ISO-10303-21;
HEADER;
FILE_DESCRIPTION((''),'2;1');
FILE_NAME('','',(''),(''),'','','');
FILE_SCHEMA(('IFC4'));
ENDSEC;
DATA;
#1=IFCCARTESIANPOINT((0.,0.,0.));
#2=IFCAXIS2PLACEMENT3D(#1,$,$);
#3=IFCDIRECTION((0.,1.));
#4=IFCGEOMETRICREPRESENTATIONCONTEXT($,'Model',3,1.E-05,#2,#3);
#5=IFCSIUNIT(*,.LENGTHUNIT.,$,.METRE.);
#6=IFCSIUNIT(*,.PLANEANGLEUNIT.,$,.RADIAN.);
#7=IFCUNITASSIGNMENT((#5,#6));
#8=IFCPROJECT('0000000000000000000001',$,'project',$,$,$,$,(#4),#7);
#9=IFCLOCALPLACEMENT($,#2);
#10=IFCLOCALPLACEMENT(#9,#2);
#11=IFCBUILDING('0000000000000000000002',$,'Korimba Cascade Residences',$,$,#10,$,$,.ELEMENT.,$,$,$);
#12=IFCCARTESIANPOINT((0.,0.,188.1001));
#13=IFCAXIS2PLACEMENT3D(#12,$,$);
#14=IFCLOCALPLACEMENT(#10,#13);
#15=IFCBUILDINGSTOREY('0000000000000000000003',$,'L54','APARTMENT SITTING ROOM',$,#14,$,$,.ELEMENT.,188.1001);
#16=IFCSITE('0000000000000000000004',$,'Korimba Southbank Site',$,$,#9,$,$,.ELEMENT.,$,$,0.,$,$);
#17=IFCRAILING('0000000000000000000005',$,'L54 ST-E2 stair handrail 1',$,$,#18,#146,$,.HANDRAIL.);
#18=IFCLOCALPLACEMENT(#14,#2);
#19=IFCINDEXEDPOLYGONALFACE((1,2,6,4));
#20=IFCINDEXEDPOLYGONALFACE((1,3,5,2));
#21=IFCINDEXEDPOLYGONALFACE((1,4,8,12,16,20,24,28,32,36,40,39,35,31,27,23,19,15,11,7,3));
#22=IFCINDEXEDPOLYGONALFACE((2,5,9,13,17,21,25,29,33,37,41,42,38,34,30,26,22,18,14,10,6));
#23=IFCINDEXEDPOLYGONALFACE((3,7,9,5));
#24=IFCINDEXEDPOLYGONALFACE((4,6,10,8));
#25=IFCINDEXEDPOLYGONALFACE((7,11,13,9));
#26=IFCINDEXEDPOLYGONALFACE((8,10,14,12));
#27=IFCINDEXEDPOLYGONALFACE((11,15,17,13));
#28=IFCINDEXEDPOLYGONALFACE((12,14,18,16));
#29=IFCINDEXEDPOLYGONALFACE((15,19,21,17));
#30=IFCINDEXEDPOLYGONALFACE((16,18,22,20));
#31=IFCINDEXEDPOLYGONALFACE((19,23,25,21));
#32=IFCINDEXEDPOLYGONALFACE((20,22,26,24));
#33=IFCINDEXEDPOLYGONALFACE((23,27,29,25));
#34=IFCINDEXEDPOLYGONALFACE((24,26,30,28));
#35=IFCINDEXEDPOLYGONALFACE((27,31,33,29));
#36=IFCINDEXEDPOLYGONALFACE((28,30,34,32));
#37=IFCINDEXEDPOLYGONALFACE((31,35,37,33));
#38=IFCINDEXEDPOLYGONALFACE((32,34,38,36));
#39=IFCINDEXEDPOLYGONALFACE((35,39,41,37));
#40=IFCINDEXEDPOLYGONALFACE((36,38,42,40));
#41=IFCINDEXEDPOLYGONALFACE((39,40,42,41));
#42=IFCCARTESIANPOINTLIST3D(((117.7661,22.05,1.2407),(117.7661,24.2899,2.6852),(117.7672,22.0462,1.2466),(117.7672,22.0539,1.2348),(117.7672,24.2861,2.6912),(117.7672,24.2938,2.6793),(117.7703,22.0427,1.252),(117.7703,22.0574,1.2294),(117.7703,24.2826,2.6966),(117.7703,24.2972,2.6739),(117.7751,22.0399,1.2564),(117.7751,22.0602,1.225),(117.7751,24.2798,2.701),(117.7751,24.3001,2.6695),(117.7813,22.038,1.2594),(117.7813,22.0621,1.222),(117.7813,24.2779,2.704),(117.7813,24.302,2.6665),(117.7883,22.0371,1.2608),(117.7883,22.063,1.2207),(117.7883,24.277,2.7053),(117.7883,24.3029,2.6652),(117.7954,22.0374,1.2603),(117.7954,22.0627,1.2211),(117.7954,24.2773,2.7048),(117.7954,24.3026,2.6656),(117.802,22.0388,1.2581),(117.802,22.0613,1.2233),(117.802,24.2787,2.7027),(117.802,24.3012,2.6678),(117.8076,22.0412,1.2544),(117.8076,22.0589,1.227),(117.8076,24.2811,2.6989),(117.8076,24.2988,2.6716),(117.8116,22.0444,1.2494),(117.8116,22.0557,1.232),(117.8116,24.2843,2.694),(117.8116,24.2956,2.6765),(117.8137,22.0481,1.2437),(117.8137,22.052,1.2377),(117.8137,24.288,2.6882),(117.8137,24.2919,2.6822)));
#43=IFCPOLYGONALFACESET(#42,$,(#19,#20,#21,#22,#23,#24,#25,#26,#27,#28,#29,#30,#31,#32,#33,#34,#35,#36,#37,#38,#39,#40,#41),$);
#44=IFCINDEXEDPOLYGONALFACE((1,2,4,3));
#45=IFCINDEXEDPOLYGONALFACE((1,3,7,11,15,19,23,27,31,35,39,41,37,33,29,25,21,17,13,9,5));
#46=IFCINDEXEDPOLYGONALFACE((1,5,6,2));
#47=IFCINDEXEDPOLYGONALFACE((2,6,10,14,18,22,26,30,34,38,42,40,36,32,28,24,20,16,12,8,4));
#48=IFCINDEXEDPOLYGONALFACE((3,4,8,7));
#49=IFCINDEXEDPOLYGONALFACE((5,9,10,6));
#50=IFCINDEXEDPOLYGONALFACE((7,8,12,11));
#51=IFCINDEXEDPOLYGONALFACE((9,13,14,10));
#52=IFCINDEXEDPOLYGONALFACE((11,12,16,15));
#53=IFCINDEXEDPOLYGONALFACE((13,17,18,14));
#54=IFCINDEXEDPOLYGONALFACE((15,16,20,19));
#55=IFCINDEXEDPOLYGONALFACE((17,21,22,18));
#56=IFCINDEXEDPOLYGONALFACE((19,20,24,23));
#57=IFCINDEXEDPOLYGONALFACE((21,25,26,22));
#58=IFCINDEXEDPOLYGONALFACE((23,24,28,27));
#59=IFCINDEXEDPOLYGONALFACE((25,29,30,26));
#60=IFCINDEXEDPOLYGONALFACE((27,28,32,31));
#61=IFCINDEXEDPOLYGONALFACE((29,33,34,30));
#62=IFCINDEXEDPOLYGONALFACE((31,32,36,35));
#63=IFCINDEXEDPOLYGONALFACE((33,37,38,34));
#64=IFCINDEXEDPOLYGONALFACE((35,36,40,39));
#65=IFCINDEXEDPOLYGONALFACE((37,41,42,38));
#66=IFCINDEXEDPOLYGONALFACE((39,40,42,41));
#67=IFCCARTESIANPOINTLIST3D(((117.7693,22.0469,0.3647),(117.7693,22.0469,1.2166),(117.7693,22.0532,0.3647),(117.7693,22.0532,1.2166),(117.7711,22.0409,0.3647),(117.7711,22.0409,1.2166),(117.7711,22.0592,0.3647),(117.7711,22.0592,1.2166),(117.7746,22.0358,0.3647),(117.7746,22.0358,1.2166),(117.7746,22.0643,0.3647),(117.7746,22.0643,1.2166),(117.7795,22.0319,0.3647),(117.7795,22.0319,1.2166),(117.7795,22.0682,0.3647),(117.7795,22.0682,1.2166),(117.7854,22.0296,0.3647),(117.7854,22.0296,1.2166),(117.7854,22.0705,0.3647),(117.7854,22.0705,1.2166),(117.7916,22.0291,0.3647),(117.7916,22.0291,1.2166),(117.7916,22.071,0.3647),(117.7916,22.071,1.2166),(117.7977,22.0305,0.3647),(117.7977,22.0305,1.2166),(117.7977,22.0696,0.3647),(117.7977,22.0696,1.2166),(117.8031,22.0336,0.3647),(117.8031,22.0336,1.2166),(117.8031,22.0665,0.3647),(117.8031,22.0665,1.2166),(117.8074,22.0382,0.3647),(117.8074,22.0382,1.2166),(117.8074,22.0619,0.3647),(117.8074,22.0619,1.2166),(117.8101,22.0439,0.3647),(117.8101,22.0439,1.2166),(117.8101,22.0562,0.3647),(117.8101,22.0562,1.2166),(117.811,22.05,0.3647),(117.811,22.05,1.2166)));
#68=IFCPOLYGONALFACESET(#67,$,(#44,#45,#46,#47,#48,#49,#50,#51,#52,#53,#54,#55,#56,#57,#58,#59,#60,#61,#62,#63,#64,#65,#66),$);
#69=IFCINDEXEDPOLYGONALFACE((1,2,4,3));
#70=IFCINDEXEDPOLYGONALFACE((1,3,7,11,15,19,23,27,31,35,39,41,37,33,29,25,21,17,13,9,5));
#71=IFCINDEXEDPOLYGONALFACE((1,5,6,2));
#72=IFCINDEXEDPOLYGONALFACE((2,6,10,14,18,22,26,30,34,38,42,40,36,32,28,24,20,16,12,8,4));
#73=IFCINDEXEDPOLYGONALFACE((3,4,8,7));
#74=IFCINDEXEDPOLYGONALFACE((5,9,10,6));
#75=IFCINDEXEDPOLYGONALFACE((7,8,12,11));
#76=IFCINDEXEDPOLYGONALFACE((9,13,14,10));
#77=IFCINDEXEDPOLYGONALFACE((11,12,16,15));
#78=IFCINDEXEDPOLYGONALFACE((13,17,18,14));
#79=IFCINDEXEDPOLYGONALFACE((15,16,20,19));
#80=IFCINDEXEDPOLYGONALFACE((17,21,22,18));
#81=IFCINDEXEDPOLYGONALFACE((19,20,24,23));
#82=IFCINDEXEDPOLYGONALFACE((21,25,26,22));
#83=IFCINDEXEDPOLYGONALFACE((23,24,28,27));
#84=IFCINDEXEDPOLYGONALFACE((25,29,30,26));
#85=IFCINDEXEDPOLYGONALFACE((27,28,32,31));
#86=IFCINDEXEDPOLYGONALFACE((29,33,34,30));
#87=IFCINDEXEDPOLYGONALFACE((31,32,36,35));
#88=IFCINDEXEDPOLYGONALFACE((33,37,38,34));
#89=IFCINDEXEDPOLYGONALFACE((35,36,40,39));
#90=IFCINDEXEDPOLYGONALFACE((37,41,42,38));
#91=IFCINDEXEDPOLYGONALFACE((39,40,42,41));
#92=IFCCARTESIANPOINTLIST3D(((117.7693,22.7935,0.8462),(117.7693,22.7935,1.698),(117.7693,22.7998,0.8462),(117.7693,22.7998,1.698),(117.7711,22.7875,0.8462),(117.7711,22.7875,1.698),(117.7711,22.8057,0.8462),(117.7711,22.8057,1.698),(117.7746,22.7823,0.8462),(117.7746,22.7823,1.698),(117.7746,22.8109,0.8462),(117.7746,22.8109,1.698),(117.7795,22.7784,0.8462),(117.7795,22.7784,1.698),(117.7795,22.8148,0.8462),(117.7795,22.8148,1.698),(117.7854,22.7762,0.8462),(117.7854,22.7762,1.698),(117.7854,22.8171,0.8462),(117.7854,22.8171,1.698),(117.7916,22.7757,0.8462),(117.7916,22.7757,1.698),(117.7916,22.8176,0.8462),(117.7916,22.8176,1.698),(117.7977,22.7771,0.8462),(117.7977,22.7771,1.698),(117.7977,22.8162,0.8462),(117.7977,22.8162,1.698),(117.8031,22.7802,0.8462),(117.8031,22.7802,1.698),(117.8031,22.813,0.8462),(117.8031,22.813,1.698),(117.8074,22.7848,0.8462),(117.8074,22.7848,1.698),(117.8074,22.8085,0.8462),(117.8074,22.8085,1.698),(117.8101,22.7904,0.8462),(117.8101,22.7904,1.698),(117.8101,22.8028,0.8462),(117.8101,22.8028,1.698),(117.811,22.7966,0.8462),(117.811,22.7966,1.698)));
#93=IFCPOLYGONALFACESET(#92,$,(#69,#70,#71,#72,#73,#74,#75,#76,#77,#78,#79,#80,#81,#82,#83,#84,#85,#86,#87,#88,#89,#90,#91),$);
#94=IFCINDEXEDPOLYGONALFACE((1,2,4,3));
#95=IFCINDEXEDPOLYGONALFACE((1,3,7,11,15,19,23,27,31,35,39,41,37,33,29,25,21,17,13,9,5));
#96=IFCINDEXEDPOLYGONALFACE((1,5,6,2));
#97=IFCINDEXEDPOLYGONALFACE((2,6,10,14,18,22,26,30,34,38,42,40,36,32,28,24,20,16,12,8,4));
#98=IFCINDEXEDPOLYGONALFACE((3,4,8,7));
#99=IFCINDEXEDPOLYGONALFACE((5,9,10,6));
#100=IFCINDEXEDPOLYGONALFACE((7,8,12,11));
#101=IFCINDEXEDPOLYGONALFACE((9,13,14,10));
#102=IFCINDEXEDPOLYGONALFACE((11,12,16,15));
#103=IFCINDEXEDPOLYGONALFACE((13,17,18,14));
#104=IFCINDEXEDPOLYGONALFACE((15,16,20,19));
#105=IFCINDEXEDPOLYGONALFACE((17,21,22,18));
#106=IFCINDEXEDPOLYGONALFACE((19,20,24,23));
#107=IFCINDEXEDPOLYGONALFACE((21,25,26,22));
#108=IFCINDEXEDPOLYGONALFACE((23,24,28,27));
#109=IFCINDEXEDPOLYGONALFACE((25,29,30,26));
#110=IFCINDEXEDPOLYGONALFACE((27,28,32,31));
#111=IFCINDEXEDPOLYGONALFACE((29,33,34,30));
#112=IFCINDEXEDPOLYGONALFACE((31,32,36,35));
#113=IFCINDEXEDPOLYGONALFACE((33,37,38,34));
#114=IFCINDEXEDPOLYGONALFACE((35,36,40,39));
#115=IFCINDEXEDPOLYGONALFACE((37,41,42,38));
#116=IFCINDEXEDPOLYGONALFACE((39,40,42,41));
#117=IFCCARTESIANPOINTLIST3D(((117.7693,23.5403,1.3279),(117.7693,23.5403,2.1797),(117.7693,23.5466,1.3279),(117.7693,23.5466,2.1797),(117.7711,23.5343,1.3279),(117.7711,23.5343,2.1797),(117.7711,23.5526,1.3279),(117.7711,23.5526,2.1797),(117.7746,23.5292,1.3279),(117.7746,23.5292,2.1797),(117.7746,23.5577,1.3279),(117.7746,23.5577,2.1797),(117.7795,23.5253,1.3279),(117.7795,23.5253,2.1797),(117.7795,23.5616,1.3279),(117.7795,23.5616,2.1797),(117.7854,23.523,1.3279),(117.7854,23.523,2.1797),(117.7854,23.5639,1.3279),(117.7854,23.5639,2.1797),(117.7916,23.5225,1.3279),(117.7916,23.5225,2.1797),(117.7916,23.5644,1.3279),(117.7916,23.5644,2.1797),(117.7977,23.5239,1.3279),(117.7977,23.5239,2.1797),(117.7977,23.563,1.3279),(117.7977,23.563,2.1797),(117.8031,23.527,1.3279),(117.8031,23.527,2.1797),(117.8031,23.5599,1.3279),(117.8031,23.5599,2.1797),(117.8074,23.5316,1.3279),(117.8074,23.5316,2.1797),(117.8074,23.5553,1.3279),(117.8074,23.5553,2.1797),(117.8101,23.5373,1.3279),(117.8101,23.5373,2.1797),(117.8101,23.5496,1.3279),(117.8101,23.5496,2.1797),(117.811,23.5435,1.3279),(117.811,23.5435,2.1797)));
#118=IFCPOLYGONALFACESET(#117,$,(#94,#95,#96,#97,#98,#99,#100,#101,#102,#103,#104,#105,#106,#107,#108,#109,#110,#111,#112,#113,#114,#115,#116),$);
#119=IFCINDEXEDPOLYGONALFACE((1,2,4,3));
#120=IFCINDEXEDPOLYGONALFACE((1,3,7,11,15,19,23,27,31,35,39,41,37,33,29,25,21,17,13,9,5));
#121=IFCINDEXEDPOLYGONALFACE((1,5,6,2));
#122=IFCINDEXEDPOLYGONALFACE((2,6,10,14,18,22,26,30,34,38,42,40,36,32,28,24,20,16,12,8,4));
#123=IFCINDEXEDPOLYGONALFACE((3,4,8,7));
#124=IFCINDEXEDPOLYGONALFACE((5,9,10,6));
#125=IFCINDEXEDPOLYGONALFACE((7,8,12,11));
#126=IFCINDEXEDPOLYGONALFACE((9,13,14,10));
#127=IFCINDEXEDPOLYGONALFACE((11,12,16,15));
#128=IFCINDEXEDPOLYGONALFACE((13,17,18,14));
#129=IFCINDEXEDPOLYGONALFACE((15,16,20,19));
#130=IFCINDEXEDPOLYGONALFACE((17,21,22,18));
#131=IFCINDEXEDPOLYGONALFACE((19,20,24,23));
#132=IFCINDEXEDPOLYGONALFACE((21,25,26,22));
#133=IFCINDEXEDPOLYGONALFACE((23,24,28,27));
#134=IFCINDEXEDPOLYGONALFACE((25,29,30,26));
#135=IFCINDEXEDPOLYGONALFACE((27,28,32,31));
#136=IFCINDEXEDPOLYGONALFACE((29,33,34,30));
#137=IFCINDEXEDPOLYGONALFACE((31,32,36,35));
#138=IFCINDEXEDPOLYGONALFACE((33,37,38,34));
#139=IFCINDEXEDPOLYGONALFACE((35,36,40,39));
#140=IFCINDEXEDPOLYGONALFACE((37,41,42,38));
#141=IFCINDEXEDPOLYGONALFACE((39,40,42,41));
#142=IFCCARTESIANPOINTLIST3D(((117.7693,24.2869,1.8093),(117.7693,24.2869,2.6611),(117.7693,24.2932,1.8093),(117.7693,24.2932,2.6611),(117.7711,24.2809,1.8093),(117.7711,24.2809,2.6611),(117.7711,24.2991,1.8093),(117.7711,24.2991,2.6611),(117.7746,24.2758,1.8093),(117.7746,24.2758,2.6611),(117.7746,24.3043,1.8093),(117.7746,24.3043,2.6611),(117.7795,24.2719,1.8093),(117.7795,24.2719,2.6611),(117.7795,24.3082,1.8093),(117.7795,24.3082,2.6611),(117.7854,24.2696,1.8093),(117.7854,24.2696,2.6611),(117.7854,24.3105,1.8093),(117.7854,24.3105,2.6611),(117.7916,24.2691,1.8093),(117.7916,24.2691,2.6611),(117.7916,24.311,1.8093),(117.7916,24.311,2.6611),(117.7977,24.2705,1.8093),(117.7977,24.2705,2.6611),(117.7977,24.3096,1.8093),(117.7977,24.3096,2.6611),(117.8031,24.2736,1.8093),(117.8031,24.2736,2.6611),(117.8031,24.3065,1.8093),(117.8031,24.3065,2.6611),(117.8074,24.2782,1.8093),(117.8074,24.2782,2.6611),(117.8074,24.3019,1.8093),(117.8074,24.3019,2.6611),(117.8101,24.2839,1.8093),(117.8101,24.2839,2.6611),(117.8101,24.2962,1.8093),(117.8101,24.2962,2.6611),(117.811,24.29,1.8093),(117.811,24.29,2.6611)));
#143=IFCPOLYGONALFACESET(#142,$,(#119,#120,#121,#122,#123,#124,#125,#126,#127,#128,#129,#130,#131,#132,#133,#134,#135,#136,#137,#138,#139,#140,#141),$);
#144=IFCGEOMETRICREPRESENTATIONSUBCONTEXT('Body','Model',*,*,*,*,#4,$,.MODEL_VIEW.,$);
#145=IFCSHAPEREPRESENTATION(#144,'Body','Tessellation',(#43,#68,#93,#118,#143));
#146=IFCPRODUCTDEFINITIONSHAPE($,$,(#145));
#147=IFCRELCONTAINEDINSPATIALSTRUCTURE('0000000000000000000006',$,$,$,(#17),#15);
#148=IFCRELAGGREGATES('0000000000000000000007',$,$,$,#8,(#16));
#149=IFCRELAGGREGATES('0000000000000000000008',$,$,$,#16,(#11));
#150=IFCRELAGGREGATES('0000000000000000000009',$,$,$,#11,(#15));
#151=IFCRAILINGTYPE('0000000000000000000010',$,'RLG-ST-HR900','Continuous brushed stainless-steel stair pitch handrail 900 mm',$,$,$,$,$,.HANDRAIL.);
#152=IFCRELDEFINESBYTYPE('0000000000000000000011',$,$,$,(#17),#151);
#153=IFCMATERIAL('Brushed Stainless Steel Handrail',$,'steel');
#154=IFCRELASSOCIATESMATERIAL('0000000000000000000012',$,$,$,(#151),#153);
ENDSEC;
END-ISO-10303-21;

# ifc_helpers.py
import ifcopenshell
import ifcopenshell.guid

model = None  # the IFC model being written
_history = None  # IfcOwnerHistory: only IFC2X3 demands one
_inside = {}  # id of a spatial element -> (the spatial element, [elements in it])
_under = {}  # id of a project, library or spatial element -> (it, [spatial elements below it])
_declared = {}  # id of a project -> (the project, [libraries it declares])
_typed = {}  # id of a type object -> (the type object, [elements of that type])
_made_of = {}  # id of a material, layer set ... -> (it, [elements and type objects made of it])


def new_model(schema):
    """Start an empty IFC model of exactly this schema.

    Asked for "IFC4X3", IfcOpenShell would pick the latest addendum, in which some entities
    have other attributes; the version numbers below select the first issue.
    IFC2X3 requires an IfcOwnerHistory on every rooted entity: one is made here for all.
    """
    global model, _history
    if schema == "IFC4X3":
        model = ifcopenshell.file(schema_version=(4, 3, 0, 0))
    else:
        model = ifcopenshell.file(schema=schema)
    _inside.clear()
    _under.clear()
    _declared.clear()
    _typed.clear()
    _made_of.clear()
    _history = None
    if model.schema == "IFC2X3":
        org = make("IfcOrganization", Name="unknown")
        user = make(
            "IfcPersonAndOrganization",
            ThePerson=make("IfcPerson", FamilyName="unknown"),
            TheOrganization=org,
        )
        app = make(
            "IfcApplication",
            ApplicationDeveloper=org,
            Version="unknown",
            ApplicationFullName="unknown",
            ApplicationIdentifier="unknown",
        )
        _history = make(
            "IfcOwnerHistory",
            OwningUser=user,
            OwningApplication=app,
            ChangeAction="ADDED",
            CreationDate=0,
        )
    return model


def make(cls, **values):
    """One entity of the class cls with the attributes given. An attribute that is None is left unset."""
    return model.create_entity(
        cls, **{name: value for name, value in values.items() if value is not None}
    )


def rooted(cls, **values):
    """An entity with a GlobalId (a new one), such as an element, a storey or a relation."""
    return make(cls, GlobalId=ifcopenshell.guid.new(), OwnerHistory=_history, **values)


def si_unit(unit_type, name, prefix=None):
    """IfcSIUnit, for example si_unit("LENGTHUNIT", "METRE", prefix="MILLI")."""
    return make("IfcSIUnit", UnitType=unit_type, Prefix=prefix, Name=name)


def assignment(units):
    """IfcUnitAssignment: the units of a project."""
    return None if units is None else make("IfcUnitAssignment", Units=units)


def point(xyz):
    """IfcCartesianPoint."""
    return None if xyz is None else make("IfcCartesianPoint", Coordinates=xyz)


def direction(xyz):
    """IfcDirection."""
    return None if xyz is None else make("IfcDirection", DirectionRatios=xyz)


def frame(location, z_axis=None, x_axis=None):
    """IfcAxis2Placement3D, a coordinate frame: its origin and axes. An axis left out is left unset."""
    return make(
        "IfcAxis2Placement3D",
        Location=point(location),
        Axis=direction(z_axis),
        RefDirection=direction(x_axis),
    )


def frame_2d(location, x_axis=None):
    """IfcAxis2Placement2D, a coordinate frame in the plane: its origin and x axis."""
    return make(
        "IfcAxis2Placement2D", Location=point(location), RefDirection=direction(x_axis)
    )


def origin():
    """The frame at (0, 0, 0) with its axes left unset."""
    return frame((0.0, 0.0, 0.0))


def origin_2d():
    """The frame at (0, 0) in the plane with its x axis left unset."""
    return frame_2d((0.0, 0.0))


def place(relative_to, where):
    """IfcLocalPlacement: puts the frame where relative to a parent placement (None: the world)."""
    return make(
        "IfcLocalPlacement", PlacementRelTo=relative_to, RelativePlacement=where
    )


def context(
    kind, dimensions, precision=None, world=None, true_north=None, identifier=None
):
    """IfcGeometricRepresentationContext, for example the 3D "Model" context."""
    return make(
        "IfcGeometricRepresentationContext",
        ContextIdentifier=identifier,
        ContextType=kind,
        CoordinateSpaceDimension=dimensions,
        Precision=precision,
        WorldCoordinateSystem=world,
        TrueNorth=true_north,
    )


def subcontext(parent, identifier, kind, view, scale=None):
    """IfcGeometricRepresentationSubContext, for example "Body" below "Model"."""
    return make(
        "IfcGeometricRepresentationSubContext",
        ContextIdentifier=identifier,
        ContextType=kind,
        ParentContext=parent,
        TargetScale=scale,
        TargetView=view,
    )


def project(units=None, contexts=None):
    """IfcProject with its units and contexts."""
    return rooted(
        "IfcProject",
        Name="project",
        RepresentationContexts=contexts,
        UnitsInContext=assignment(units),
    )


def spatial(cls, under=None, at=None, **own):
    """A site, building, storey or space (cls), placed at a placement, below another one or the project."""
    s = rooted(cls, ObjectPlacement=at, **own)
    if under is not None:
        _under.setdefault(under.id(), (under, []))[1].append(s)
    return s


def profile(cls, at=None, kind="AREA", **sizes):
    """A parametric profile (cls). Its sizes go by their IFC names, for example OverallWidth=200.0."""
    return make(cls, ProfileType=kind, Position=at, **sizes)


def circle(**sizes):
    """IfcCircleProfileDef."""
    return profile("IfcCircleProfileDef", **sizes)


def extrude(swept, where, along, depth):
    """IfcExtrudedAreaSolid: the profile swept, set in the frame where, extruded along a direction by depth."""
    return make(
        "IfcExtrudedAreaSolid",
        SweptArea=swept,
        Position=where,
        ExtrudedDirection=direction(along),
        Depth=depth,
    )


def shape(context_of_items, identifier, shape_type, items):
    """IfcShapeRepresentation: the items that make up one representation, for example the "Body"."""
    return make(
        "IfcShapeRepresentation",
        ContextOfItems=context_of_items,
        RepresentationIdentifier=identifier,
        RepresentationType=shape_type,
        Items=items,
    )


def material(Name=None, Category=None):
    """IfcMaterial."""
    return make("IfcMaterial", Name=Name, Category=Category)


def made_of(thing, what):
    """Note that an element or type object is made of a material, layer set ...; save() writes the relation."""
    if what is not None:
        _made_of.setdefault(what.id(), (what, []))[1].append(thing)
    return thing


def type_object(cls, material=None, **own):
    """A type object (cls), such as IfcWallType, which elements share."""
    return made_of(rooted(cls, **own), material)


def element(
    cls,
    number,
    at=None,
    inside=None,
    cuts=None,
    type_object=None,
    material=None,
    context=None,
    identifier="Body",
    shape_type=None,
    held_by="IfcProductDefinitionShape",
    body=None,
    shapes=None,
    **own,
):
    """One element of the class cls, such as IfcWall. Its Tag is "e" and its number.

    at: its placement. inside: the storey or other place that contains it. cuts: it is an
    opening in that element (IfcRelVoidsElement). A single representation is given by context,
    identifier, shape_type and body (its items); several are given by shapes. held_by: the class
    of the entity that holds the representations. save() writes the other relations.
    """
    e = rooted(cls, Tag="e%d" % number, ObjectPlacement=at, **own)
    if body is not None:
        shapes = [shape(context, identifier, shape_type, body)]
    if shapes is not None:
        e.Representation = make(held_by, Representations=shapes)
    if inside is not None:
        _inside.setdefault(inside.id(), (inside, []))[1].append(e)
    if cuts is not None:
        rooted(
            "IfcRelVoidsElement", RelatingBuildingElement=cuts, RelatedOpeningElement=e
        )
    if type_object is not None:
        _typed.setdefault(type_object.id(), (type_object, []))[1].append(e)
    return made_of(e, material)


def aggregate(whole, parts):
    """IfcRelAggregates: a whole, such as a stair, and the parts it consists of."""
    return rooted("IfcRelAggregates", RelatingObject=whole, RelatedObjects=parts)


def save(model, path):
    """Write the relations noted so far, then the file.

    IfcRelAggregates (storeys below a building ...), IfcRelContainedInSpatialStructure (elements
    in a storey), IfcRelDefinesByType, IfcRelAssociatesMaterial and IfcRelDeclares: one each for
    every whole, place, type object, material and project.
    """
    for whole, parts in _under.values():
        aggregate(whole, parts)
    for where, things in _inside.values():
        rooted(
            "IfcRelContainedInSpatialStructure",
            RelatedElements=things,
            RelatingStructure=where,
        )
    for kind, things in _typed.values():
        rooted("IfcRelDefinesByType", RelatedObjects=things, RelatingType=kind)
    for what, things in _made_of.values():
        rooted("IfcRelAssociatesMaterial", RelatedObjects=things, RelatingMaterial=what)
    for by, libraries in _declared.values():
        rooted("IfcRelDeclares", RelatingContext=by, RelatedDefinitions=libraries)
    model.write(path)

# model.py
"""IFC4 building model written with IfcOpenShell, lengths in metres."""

from ifc_helpers import new_model, si_unit, direction, frame, origin, origin_2d, place, context, subcontext, project, spatial, circle, extrude, material, type_object, element, save


model = new_model("IFC4")

# Units and contexts
model_context = context("Model", 3, precision=1e-05, world=origin(), true_north=direction((0.0, 1.0)))
body_context = subcontext(model_context, "Body", "Model", "MODEL_VIEW")
ifc_project = project(units=[si_unit("LENGTHUNIT", "METRE"), si_unit("PLANEANGLEUNIT", "RADIAN")], contexts=[model_context])

# Site, building, storey
site_placement = place(None, origin())
site = spatial("IfcSite", under=ifc_project, at=site_placement, Name="Korimba Southbank Site", CompositionType="ELEMENT", RefElevation=0.0)
building_placement = place(site_placement, origin())
building = spatial("IfcBuilding", under=site, at=building_placement, Name="Korimba Cascade Residences", CompositionType="ELEMENT")
storey_placement = place(building_placement, frame((0.0, 0.0, 188.1001)))
storey = spatial("IfcBuildingStorey", under=building, at=storey_placement, Name="L54", Description="APARTMENT SITTING ROOM", CompositionType="ELEMENT", Elevation=188.1001)

# Railing
ifc_material_1 = material(Name="Brushed Stainless Steel Handrail", Category="steel")
railing_type_1 = type_object("IfcRailingType", Name="RLG-ST-HR900", Description="Continuous brushed stainless-steel stair pitch handrail 900 mm", PredefinedType="HANDRAIL", material=ifc_material_1)
railing_1_placement = place(storey_placement, frame((117.79, 22.05, 0.3647)))
element("IfcRailing", 1, at=railing_1_placement, inside=storey, type_object=railing_type_1, Name="L54 ST-E2 stair handrail 1", PredefinedType="HANDRAIL", context=body_context, shape_type="SweptSolid", body=[
    extrude(circle(Radius=0.0239, at=origin_2d()), frame((0.0, 0.0, 0.876), z_axis=(0.0, 0.840395, 0.541975), x_axis=(-1.0, 0.0, 0.0)), (0.0, 0.0, 1.0), 2.6653),
    extrude(circle(Radius=0.021, at=origin_2d()), origin(), (0.0, 0.0, 1.0), 0.8518),
    extrude(circle(Radius=0.021, at=origin_2d()), frame((0.0, 0.7466, 0.4814)), (0.0, 0.0, 1.0), 0.8518),
    extrude(circle(Radius=0.021, at=origin_2d()), frame((0.0, 1.4934, 0.9631)), (0.0, 0.0, 1.0), 0.8518),
    extrude(circle(Radius=0.021, at=origin_2d()), frame((0.0, 2.24, 1.4446)), (0.0, 0.0, 1.0), 0.8518),
])

save(model, "model.ifc")
